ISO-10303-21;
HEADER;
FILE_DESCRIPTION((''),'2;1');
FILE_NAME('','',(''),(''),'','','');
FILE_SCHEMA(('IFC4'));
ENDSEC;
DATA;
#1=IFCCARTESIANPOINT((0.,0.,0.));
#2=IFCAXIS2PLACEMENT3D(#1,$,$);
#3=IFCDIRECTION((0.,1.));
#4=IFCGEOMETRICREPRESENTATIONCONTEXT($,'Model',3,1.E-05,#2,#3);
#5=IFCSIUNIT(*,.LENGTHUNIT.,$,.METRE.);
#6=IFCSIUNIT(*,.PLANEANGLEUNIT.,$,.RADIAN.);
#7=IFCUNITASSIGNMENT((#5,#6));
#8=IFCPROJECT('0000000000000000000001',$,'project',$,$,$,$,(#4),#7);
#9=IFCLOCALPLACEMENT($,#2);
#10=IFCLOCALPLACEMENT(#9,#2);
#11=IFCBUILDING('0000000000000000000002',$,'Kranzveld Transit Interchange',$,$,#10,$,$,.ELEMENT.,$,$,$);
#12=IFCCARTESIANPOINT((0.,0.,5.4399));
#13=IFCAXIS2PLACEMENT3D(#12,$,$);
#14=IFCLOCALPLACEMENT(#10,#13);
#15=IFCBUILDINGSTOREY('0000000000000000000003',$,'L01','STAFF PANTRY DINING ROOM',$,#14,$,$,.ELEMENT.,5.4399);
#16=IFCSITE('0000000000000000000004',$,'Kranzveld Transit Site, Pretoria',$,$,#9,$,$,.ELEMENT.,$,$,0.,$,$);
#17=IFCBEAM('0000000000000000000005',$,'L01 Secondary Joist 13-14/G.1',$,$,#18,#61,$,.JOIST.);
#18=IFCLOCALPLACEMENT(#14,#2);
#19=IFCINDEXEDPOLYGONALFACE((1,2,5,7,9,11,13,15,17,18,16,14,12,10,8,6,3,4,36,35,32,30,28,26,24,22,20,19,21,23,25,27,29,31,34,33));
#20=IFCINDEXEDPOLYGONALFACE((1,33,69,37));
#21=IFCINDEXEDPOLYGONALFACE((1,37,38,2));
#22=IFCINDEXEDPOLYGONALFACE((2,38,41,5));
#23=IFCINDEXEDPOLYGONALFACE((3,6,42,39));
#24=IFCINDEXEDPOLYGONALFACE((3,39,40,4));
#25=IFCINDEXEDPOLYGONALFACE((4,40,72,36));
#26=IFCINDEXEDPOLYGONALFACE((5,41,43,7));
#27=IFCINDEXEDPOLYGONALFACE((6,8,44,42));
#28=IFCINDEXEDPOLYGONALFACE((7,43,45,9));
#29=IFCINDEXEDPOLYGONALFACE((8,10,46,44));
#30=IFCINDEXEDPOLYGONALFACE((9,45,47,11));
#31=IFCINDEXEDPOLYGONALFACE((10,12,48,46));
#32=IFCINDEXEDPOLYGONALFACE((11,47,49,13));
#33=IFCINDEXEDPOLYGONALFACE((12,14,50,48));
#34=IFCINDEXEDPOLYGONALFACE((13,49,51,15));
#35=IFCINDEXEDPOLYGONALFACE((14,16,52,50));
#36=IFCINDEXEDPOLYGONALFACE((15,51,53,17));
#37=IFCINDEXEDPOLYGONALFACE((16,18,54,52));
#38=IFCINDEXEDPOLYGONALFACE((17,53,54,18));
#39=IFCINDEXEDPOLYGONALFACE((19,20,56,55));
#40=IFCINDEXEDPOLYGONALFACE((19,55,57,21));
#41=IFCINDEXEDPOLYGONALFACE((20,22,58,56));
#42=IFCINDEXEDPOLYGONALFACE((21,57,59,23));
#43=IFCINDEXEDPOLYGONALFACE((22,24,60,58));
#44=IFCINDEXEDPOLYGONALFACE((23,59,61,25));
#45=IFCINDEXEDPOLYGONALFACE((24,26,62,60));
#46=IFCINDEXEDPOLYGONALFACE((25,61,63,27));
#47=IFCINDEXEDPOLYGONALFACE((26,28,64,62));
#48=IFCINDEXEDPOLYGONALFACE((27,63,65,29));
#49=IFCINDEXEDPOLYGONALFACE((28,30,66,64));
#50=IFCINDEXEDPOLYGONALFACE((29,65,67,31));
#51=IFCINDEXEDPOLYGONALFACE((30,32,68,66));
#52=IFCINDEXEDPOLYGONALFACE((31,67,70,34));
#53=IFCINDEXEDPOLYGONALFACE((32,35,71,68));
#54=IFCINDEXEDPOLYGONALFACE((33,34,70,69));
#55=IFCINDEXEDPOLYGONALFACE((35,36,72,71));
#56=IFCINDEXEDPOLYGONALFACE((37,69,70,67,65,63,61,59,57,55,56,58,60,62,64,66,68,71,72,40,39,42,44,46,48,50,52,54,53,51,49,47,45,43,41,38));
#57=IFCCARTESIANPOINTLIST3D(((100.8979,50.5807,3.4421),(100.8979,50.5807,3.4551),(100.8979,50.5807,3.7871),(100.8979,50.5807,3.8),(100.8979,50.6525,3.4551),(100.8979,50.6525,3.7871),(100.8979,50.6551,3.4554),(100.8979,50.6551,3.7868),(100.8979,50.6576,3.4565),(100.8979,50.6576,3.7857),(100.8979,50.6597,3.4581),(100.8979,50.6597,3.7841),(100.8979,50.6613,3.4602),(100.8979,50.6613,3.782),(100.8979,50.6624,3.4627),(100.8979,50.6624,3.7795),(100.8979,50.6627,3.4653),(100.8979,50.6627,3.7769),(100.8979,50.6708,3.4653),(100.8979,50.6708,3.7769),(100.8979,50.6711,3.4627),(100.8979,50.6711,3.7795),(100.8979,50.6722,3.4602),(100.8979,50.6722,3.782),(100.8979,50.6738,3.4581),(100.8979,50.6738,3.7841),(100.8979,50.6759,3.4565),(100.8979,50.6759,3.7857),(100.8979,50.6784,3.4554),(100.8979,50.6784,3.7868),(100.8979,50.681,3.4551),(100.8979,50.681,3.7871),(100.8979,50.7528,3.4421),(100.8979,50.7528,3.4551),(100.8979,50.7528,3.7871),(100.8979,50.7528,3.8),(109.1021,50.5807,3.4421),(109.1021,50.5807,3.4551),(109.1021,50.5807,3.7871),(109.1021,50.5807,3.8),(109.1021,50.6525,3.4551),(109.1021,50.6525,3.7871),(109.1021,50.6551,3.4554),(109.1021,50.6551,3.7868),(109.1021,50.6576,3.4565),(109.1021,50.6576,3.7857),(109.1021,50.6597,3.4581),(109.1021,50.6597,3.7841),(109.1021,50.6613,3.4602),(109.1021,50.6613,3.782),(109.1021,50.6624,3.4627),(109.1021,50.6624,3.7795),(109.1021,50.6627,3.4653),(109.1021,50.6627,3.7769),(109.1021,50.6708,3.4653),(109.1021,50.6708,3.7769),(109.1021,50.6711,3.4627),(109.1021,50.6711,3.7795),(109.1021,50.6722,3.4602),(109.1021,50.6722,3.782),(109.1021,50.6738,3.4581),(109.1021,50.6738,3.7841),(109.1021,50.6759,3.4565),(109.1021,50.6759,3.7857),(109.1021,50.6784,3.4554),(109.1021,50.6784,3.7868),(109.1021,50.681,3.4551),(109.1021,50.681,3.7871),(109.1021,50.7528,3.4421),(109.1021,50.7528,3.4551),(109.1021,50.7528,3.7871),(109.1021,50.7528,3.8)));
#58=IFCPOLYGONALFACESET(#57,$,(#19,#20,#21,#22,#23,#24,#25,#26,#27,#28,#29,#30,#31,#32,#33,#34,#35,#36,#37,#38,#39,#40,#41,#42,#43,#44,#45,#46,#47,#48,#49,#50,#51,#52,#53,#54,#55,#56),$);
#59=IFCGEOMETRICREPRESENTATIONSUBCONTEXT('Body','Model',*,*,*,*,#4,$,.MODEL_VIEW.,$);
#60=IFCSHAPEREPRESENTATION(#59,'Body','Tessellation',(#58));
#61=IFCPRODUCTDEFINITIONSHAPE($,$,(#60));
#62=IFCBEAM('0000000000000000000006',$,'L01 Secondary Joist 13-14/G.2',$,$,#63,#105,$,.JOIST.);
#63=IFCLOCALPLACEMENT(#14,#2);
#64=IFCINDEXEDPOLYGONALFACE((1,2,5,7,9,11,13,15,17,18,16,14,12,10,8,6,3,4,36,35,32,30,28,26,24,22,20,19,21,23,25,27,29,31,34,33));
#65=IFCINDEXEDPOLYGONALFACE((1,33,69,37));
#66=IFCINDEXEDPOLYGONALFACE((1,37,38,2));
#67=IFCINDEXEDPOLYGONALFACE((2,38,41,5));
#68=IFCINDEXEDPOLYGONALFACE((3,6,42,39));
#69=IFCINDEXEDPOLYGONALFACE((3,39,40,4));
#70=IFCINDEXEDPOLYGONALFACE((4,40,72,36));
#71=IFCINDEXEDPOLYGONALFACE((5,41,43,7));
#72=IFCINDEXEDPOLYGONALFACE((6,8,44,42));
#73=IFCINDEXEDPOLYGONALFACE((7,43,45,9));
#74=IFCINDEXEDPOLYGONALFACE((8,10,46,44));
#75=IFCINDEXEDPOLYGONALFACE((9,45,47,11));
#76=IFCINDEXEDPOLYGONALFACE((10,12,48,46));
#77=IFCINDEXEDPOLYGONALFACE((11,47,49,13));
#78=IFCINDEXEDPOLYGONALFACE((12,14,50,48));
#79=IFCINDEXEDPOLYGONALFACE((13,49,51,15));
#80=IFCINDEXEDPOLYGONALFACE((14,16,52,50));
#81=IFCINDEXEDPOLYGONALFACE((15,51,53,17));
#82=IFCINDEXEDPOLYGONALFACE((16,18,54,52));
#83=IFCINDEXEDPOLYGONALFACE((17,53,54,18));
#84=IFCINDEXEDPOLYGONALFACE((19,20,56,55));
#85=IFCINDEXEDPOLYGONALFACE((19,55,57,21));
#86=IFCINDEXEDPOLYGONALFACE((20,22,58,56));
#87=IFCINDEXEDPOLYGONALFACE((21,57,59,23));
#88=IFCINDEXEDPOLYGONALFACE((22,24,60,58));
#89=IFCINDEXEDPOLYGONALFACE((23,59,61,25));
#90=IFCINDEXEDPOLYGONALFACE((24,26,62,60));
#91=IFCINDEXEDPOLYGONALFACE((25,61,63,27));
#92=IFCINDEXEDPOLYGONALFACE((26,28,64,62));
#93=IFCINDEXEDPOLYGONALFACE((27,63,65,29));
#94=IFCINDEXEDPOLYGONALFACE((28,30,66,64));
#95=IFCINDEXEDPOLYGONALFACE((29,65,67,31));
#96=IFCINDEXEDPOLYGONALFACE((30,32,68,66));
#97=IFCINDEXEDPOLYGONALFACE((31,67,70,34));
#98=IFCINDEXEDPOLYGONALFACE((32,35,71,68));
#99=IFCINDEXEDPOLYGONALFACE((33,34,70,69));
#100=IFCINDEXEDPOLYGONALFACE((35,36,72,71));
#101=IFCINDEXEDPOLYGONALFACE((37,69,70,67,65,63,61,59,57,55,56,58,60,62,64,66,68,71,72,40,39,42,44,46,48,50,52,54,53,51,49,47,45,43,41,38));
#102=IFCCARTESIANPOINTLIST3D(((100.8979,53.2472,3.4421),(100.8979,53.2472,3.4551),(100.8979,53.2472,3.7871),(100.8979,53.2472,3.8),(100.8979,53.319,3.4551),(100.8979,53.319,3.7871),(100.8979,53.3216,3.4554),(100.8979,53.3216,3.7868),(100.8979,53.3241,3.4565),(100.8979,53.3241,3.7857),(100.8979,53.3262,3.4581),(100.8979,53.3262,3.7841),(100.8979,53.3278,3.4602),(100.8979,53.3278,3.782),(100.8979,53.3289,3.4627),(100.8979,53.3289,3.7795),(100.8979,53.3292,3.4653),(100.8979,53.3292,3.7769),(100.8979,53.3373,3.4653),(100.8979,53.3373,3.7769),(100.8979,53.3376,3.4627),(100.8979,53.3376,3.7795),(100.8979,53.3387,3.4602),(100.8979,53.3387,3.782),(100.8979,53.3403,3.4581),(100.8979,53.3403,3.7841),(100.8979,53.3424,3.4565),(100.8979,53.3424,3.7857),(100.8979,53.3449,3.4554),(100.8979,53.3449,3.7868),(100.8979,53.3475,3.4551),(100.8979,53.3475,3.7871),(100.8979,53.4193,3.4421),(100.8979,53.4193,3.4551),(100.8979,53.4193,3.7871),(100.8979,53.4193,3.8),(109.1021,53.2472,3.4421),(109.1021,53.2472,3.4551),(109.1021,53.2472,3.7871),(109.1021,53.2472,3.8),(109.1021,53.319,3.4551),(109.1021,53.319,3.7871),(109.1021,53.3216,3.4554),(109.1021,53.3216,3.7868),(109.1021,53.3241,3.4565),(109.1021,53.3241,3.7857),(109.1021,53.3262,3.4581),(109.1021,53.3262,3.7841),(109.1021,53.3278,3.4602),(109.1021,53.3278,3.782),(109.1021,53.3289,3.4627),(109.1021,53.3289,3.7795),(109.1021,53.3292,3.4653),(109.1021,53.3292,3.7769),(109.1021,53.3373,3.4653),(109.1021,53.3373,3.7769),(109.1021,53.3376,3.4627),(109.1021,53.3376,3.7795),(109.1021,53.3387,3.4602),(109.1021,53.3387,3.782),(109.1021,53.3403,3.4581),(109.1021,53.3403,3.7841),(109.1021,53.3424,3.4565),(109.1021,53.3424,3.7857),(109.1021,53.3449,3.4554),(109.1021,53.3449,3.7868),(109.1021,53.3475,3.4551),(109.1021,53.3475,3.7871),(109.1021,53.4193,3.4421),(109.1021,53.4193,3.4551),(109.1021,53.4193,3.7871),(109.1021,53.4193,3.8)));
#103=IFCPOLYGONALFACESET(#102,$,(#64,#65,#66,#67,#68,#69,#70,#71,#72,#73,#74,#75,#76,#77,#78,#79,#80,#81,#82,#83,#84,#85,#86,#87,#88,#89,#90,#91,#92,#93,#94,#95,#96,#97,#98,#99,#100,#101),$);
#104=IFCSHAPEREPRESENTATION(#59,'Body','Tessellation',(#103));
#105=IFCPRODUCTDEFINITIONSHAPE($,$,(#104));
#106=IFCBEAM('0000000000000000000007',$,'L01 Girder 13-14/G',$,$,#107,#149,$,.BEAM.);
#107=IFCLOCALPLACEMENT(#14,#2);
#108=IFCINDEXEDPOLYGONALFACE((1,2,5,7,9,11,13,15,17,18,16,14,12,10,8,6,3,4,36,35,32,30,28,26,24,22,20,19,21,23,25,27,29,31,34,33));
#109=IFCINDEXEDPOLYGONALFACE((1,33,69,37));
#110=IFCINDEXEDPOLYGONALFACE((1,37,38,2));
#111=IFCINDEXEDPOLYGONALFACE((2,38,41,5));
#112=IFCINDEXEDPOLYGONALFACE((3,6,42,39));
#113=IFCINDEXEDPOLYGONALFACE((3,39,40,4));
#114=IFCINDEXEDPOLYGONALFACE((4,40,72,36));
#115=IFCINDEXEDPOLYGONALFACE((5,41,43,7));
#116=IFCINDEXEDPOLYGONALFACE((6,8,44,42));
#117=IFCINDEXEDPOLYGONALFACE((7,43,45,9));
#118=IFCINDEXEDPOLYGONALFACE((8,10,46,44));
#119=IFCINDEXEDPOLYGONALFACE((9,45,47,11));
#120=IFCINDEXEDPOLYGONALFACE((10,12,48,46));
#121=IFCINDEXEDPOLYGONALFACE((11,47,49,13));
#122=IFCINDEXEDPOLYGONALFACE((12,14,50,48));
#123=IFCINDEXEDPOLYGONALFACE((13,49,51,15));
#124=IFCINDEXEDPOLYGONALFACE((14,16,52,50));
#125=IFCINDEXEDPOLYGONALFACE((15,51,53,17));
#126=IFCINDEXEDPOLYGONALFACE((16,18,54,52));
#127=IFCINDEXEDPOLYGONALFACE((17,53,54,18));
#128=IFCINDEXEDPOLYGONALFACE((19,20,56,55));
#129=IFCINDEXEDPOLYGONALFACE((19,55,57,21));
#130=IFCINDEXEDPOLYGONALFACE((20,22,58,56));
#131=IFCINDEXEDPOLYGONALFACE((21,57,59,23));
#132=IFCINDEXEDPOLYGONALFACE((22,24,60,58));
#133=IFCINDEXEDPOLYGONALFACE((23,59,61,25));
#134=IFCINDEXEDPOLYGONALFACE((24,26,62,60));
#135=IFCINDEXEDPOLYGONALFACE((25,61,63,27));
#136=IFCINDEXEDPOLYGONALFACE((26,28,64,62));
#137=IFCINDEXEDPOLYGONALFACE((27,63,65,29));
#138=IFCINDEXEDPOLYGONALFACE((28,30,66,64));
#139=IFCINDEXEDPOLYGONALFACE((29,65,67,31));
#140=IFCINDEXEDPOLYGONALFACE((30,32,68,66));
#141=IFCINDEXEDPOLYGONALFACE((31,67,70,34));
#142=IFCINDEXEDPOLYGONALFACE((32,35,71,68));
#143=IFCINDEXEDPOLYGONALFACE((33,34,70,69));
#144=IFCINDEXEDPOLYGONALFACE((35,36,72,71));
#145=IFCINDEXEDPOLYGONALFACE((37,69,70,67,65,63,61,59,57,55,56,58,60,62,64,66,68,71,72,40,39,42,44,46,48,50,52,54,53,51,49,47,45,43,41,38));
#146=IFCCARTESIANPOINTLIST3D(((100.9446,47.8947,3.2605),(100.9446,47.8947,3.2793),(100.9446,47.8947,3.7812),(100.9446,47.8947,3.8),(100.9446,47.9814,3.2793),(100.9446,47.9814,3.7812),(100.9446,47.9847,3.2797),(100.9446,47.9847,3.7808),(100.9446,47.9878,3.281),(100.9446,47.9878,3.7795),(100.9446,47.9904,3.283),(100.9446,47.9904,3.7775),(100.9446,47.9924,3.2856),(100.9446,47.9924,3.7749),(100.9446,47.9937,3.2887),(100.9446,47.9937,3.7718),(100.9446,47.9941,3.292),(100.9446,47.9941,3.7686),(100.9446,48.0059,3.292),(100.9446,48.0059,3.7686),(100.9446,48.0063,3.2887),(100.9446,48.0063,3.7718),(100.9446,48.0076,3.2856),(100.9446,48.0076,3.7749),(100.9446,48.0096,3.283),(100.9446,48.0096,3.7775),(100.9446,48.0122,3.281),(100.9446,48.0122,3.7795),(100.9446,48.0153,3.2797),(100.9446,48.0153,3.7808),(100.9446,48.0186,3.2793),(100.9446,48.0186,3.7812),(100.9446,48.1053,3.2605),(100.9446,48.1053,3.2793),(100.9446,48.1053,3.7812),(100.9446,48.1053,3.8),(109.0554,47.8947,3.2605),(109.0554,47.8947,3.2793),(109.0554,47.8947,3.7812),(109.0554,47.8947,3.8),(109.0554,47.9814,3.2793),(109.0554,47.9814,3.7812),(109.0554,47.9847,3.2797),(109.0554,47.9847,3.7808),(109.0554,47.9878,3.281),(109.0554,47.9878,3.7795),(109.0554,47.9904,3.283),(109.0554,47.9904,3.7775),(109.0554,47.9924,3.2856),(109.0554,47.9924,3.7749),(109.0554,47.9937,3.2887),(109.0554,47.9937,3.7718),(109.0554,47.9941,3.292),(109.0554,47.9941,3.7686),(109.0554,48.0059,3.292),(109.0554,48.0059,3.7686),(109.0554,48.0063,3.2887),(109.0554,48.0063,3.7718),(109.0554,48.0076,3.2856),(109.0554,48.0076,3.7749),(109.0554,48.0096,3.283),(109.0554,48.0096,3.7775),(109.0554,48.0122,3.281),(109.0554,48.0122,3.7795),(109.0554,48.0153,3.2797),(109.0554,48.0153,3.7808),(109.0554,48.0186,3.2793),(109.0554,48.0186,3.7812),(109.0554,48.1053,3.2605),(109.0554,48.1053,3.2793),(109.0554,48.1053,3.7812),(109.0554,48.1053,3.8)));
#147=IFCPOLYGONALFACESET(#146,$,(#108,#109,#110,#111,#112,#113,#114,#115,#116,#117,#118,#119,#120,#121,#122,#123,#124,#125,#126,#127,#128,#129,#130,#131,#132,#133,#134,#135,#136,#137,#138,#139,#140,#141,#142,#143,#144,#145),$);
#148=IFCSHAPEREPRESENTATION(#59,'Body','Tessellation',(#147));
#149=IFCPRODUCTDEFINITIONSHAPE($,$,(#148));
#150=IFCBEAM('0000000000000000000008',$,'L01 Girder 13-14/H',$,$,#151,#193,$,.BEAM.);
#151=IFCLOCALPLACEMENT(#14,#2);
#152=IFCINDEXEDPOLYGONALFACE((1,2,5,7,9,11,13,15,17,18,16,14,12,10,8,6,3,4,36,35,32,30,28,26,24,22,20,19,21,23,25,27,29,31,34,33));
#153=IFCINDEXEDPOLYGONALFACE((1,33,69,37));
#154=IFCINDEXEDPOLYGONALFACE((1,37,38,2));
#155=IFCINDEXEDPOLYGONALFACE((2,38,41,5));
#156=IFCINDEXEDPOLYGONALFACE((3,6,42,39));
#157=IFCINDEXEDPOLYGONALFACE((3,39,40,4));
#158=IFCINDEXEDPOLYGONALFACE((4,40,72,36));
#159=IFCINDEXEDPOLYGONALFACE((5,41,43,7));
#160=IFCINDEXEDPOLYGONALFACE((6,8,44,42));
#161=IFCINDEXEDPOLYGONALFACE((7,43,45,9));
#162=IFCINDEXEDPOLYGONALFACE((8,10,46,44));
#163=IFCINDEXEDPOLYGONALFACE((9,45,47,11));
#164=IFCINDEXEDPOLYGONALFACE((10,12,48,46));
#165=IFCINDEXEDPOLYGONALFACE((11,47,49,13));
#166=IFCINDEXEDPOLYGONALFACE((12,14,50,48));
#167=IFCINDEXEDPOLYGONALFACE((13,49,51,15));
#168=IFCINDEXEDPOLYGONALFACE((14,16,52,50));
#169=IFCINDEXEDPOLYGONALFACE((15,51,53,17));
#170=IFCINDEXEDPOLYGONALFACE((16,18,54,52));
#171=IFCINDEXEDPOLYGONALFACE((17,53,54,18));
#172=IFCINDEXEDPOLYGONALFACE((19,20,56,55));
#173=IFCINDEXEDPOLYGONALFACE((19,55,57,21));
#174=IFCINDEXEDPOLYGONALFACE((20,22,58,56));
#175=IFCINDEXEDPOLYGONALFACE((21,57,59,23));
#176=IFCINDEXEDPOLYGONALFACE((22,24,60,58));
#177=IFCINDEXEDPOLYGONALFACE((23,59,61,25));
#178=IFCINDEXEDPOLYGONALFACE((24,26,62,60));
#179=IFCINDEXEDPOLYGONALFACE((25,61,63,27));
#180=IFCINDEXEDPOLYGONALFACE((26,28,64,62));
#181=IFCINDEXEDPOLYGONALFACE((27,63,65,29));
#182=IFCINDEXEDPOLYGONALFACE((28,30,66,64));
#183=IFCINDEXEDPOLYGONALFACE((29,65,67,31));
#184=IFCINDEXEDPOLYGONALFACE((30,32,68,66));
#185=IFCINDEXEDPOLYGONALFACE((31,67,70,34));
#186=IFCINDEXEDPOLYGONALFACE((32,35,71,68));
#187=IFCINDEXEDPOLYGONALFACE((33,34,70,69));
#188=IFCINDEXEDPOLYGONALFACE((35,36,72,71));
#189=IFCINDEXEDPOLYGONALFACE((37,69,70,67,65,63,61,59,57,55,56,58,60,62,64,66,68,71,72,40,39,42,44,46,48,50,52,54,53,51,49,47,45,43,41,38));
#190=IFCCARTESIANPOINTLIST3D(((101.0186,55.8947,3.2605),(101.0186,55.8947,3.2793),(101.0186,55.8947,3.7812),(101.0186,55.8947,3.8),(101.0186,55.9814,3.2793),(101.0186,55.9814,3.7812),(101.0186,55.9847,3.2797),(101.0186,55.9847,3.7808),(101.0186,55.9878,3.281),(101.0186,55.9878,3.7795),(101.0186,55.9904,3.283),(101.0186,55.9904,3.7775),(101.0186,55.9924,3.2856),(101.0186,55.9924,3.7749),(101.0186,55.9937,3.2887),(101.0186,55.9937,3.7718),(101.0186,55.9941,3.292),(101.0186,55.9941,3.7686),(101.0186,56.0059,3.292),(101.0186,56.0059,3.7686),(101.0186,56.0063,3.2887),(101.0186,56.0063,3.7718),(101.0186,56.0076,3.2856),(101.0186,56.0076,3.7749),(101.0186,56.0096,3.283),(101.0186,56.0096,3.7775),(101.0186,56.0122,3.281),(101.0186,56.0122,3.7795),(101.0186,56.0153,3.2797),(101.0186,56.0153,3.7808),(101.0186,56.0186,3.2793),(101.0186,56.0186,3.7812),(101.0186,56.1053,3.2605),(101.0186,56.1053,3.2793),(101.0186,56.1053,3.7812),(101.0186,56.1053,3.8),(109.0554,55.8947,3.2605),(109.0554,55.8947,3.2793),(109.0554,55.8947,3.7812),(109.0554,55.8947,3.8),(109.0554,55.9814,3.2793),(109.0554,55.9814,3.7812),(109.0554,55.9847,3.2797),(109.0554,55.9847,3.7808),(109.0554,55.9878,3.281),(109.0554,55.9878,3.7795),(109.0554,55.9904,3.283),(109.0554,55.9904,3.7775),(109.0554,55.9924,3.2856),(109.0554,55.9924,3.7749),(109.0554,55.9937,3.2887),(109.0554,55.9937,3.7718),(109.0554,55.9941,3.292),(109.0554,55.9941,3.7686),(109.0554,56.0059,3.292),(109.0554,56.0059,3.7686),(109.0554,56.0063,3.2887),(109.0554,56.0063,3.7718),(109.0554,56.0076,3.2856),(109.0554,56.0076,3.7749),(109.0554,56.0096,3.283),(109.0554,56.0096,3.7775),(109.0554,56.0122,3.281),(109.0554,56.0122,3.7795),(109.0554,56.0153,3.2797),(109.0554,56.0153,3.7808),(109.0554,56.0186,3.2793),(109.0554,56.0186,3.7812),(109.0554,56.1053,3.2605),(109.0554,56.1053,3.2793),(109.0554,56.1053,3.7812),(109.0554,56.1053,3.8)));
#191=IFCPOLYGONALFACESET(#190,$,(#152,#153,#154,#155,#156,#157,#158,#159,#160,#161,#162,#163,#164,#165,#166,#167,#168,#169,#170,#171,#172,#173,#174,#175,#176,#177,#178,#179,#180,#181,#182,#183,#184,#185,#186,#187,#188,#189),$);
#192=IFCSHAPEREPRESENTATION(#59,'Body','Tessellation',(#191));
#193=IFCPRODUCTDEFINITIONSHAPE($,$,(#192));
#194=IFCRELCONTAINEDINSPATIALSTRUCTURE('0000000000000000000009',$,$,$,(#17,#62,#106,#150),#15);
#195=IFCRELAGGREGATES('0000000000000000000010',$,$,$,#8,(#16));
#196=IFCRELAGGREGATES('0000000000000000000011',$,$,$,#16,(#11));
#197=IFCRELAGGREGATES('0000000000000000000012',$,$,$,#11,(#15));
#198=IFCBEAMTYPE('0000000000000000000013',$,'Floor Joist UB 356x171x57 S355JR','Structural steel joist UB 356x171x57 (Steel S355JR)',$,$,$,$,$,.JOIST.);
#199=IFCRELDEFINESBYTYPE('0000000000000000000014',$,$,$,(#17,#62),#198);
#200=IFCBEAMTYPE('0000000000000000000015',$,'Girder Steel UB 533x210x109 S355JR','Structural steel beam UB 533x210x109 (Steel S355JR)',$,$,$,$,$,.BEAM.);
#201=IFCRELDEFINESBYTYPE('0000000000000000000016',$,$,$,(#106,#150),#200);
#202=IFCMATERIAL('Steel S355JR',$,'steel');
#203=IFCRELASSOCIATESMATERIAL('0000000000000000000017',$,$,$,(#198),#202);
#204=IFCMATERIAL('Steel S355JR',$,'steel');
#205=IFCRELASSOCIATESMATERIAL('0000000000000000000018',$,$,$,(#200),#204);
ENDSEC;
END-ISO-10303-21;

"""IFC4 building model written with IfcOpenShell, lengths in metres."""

from ifc_helpers import new_model, si_unit, direction, frame, origin, origin_2d, place, context, subcontext, project, spatial, i_section, extrude, material, material_profile, profile_set, type_object, element, save


model = new_model("IFC4")

# Units and contexts
model_context = context("Model", 3, precision=1e-05, world=origin(), true_north=direction((0.0, 1.0)))
body_context = subcontext(model_context, "Body", "Model", "MODEL_VIEW")
ifc_project = project(units=[si_unit("LENGTHUNIT", "METRE"), si_unit("PLANEANGLEUNIT", "RADIAN")], contexts=[model_context])

# Site, building, storey
site_placement = place(None, origin())
site = spatial("IfcSite", under=ifc_project, at=site_placement, Name="Kranzveld Transit Site, Pretoria", CompositionType="ELEMENT", RefElevation=0.0)
building_placement = place(site_placement, origin())
building = spatial("IfcBuilding", under=site, at=building_placement, Name="Kranzveld Transit Interchange", CompositionType="ELEMENT")
storey_placement = place(building_placement, frame((0.0, 0.0, 5.4399)))
storey = spatial("IfcBuildingStorey", under=building, at=storey_placement, Name="L01", Description="STAFF PANTRY DINING ROOM", CompositionType="ELEMENT", Elevation=5.4399)

# Beams
ifc_material_1 = material(Name="Steel S355JR", Category="steel")
ifc_material_profile_1 = material_profile(ifc_material_1, i_section(OverallWidth=0.1721, OverallDepth=0.3579, WebThickness=0.0081, FlangeThickness=0.0129, FilletRadius=0.0103, at=origin_2d()), Name="UB 356x171x57")
ifc_profile_set_1 = profile_set([ifc_material_profile_1], Name="Steel S355JR")
beam_type_1 = type_object("IfcBeamType", Name="Floor Joist UB 356x171x57 S355JR", Description="Structural steel joist UB 356x171x57 (Steel S355JR)", PredefinedType="JOIST", material=ifc_profile_set_1)
for number, where, z_axis, x_axis, name in (
    (1, (100.8979, 50.6667, 3.6211), (1.0, 0.0, 0.0), (0.0, 1.0, 0.0), "L01 Secondary Joist 13-14/G.1"),
    (2, (100.8979, 53.3333, 3.6211), (1.0, 0.0, 0.0), (0.0, 1.0, 0.0), "L01 Secondary Joist 13-14/G.2"),
):
    element("IfcBeam", number, at=place(storey_placement, frame(where, z_axis=z_axis, x_axis=x_axis)), inside=storey, type_object=beam_type_1, Name=name, PredefinedType="JOIST", context=body_context, shape_type="SweptSolid", body=[
        extrude(i_section(OverallWidth=0.1721, OverallDepth=0.3579, WebThickness=0.0081, FlangeThickness=0.0129, FilletRadius=0.0103, at=origin_2d()), origin(), (0.0, 0.0, 1.0), 8.2041),
    ])
ifc_material_2 = material(Name="Steel S355JR", Category="steel")
ifc_material_profile_2 = material_profile(ifc_material_2, i_section(OverallWidth=0.2107, OverallDepth=0.5396, WebThickness=0.0117, FlangeThickness=0.0188, FilletRadius=0.0127, at=origin_2d()), Name="UB 533x210x109")
ifc_profile_set_2 = profile_set([ifc_material_profile_2], Name="Steel S355JR")
beam_type_2 = type_object("IfcBeamType", Name="Girder Steel UB 533x210x109 S355JR", Description="Structural steel beam UB 533x210x109 (Steel S355JR)", PredefinedType="BEAM", material=ifc_profile_set_2)
beam_1_placement = place(storey_placement, frame((100.9446, 48.0, 3.5303), z_axis=(1.0, 0.0, 0.0), x_axis=(0.0, 1.0, 0.0)))
element("IfcBeam", 3, at=beam_1_placement, inside=storey, type_object=beam_type_2, Name="L01 Girder 13-14/G", PredefinedType="BEAM", context=body_context, shape_type="SweptSolid", body=[
    extrude(i_section(OverallWidth=0.2107, OverallDepth=0.5396, WebThickness=0.0117, FlangeThickness=0.0188, FilletRadius=0.0127, at=origin_2d()), origin(), (0.0, 0.0, 1.0), 8.1108),
])
beam_2_placement = place(storey_placement, frame((101.0186, 56.0, 3.5303), z_axis=(1.0, 0.0, 0.0), x_axis=(0.0, 1.0, 0.0)))
element("IfcBeam", 4, at=beam_2_placement, inside=storey, type_object=beam_type_2, Name="L01 Girder 13-14/H", PredefinedType="BEAM", context=body_context, shape_type="SweptSolid", body=[
    extrude(i_section(OverallWidth=0.2107, OverallDepth=0.5396, WebThickness=0.0117, FlangeThickness=0.0188, FilletRadius=0.0127, at=origin_2d()), origin(), (0.0, 0.0, 1.0), 8.0369),
])

save(model, "model.ifc")
